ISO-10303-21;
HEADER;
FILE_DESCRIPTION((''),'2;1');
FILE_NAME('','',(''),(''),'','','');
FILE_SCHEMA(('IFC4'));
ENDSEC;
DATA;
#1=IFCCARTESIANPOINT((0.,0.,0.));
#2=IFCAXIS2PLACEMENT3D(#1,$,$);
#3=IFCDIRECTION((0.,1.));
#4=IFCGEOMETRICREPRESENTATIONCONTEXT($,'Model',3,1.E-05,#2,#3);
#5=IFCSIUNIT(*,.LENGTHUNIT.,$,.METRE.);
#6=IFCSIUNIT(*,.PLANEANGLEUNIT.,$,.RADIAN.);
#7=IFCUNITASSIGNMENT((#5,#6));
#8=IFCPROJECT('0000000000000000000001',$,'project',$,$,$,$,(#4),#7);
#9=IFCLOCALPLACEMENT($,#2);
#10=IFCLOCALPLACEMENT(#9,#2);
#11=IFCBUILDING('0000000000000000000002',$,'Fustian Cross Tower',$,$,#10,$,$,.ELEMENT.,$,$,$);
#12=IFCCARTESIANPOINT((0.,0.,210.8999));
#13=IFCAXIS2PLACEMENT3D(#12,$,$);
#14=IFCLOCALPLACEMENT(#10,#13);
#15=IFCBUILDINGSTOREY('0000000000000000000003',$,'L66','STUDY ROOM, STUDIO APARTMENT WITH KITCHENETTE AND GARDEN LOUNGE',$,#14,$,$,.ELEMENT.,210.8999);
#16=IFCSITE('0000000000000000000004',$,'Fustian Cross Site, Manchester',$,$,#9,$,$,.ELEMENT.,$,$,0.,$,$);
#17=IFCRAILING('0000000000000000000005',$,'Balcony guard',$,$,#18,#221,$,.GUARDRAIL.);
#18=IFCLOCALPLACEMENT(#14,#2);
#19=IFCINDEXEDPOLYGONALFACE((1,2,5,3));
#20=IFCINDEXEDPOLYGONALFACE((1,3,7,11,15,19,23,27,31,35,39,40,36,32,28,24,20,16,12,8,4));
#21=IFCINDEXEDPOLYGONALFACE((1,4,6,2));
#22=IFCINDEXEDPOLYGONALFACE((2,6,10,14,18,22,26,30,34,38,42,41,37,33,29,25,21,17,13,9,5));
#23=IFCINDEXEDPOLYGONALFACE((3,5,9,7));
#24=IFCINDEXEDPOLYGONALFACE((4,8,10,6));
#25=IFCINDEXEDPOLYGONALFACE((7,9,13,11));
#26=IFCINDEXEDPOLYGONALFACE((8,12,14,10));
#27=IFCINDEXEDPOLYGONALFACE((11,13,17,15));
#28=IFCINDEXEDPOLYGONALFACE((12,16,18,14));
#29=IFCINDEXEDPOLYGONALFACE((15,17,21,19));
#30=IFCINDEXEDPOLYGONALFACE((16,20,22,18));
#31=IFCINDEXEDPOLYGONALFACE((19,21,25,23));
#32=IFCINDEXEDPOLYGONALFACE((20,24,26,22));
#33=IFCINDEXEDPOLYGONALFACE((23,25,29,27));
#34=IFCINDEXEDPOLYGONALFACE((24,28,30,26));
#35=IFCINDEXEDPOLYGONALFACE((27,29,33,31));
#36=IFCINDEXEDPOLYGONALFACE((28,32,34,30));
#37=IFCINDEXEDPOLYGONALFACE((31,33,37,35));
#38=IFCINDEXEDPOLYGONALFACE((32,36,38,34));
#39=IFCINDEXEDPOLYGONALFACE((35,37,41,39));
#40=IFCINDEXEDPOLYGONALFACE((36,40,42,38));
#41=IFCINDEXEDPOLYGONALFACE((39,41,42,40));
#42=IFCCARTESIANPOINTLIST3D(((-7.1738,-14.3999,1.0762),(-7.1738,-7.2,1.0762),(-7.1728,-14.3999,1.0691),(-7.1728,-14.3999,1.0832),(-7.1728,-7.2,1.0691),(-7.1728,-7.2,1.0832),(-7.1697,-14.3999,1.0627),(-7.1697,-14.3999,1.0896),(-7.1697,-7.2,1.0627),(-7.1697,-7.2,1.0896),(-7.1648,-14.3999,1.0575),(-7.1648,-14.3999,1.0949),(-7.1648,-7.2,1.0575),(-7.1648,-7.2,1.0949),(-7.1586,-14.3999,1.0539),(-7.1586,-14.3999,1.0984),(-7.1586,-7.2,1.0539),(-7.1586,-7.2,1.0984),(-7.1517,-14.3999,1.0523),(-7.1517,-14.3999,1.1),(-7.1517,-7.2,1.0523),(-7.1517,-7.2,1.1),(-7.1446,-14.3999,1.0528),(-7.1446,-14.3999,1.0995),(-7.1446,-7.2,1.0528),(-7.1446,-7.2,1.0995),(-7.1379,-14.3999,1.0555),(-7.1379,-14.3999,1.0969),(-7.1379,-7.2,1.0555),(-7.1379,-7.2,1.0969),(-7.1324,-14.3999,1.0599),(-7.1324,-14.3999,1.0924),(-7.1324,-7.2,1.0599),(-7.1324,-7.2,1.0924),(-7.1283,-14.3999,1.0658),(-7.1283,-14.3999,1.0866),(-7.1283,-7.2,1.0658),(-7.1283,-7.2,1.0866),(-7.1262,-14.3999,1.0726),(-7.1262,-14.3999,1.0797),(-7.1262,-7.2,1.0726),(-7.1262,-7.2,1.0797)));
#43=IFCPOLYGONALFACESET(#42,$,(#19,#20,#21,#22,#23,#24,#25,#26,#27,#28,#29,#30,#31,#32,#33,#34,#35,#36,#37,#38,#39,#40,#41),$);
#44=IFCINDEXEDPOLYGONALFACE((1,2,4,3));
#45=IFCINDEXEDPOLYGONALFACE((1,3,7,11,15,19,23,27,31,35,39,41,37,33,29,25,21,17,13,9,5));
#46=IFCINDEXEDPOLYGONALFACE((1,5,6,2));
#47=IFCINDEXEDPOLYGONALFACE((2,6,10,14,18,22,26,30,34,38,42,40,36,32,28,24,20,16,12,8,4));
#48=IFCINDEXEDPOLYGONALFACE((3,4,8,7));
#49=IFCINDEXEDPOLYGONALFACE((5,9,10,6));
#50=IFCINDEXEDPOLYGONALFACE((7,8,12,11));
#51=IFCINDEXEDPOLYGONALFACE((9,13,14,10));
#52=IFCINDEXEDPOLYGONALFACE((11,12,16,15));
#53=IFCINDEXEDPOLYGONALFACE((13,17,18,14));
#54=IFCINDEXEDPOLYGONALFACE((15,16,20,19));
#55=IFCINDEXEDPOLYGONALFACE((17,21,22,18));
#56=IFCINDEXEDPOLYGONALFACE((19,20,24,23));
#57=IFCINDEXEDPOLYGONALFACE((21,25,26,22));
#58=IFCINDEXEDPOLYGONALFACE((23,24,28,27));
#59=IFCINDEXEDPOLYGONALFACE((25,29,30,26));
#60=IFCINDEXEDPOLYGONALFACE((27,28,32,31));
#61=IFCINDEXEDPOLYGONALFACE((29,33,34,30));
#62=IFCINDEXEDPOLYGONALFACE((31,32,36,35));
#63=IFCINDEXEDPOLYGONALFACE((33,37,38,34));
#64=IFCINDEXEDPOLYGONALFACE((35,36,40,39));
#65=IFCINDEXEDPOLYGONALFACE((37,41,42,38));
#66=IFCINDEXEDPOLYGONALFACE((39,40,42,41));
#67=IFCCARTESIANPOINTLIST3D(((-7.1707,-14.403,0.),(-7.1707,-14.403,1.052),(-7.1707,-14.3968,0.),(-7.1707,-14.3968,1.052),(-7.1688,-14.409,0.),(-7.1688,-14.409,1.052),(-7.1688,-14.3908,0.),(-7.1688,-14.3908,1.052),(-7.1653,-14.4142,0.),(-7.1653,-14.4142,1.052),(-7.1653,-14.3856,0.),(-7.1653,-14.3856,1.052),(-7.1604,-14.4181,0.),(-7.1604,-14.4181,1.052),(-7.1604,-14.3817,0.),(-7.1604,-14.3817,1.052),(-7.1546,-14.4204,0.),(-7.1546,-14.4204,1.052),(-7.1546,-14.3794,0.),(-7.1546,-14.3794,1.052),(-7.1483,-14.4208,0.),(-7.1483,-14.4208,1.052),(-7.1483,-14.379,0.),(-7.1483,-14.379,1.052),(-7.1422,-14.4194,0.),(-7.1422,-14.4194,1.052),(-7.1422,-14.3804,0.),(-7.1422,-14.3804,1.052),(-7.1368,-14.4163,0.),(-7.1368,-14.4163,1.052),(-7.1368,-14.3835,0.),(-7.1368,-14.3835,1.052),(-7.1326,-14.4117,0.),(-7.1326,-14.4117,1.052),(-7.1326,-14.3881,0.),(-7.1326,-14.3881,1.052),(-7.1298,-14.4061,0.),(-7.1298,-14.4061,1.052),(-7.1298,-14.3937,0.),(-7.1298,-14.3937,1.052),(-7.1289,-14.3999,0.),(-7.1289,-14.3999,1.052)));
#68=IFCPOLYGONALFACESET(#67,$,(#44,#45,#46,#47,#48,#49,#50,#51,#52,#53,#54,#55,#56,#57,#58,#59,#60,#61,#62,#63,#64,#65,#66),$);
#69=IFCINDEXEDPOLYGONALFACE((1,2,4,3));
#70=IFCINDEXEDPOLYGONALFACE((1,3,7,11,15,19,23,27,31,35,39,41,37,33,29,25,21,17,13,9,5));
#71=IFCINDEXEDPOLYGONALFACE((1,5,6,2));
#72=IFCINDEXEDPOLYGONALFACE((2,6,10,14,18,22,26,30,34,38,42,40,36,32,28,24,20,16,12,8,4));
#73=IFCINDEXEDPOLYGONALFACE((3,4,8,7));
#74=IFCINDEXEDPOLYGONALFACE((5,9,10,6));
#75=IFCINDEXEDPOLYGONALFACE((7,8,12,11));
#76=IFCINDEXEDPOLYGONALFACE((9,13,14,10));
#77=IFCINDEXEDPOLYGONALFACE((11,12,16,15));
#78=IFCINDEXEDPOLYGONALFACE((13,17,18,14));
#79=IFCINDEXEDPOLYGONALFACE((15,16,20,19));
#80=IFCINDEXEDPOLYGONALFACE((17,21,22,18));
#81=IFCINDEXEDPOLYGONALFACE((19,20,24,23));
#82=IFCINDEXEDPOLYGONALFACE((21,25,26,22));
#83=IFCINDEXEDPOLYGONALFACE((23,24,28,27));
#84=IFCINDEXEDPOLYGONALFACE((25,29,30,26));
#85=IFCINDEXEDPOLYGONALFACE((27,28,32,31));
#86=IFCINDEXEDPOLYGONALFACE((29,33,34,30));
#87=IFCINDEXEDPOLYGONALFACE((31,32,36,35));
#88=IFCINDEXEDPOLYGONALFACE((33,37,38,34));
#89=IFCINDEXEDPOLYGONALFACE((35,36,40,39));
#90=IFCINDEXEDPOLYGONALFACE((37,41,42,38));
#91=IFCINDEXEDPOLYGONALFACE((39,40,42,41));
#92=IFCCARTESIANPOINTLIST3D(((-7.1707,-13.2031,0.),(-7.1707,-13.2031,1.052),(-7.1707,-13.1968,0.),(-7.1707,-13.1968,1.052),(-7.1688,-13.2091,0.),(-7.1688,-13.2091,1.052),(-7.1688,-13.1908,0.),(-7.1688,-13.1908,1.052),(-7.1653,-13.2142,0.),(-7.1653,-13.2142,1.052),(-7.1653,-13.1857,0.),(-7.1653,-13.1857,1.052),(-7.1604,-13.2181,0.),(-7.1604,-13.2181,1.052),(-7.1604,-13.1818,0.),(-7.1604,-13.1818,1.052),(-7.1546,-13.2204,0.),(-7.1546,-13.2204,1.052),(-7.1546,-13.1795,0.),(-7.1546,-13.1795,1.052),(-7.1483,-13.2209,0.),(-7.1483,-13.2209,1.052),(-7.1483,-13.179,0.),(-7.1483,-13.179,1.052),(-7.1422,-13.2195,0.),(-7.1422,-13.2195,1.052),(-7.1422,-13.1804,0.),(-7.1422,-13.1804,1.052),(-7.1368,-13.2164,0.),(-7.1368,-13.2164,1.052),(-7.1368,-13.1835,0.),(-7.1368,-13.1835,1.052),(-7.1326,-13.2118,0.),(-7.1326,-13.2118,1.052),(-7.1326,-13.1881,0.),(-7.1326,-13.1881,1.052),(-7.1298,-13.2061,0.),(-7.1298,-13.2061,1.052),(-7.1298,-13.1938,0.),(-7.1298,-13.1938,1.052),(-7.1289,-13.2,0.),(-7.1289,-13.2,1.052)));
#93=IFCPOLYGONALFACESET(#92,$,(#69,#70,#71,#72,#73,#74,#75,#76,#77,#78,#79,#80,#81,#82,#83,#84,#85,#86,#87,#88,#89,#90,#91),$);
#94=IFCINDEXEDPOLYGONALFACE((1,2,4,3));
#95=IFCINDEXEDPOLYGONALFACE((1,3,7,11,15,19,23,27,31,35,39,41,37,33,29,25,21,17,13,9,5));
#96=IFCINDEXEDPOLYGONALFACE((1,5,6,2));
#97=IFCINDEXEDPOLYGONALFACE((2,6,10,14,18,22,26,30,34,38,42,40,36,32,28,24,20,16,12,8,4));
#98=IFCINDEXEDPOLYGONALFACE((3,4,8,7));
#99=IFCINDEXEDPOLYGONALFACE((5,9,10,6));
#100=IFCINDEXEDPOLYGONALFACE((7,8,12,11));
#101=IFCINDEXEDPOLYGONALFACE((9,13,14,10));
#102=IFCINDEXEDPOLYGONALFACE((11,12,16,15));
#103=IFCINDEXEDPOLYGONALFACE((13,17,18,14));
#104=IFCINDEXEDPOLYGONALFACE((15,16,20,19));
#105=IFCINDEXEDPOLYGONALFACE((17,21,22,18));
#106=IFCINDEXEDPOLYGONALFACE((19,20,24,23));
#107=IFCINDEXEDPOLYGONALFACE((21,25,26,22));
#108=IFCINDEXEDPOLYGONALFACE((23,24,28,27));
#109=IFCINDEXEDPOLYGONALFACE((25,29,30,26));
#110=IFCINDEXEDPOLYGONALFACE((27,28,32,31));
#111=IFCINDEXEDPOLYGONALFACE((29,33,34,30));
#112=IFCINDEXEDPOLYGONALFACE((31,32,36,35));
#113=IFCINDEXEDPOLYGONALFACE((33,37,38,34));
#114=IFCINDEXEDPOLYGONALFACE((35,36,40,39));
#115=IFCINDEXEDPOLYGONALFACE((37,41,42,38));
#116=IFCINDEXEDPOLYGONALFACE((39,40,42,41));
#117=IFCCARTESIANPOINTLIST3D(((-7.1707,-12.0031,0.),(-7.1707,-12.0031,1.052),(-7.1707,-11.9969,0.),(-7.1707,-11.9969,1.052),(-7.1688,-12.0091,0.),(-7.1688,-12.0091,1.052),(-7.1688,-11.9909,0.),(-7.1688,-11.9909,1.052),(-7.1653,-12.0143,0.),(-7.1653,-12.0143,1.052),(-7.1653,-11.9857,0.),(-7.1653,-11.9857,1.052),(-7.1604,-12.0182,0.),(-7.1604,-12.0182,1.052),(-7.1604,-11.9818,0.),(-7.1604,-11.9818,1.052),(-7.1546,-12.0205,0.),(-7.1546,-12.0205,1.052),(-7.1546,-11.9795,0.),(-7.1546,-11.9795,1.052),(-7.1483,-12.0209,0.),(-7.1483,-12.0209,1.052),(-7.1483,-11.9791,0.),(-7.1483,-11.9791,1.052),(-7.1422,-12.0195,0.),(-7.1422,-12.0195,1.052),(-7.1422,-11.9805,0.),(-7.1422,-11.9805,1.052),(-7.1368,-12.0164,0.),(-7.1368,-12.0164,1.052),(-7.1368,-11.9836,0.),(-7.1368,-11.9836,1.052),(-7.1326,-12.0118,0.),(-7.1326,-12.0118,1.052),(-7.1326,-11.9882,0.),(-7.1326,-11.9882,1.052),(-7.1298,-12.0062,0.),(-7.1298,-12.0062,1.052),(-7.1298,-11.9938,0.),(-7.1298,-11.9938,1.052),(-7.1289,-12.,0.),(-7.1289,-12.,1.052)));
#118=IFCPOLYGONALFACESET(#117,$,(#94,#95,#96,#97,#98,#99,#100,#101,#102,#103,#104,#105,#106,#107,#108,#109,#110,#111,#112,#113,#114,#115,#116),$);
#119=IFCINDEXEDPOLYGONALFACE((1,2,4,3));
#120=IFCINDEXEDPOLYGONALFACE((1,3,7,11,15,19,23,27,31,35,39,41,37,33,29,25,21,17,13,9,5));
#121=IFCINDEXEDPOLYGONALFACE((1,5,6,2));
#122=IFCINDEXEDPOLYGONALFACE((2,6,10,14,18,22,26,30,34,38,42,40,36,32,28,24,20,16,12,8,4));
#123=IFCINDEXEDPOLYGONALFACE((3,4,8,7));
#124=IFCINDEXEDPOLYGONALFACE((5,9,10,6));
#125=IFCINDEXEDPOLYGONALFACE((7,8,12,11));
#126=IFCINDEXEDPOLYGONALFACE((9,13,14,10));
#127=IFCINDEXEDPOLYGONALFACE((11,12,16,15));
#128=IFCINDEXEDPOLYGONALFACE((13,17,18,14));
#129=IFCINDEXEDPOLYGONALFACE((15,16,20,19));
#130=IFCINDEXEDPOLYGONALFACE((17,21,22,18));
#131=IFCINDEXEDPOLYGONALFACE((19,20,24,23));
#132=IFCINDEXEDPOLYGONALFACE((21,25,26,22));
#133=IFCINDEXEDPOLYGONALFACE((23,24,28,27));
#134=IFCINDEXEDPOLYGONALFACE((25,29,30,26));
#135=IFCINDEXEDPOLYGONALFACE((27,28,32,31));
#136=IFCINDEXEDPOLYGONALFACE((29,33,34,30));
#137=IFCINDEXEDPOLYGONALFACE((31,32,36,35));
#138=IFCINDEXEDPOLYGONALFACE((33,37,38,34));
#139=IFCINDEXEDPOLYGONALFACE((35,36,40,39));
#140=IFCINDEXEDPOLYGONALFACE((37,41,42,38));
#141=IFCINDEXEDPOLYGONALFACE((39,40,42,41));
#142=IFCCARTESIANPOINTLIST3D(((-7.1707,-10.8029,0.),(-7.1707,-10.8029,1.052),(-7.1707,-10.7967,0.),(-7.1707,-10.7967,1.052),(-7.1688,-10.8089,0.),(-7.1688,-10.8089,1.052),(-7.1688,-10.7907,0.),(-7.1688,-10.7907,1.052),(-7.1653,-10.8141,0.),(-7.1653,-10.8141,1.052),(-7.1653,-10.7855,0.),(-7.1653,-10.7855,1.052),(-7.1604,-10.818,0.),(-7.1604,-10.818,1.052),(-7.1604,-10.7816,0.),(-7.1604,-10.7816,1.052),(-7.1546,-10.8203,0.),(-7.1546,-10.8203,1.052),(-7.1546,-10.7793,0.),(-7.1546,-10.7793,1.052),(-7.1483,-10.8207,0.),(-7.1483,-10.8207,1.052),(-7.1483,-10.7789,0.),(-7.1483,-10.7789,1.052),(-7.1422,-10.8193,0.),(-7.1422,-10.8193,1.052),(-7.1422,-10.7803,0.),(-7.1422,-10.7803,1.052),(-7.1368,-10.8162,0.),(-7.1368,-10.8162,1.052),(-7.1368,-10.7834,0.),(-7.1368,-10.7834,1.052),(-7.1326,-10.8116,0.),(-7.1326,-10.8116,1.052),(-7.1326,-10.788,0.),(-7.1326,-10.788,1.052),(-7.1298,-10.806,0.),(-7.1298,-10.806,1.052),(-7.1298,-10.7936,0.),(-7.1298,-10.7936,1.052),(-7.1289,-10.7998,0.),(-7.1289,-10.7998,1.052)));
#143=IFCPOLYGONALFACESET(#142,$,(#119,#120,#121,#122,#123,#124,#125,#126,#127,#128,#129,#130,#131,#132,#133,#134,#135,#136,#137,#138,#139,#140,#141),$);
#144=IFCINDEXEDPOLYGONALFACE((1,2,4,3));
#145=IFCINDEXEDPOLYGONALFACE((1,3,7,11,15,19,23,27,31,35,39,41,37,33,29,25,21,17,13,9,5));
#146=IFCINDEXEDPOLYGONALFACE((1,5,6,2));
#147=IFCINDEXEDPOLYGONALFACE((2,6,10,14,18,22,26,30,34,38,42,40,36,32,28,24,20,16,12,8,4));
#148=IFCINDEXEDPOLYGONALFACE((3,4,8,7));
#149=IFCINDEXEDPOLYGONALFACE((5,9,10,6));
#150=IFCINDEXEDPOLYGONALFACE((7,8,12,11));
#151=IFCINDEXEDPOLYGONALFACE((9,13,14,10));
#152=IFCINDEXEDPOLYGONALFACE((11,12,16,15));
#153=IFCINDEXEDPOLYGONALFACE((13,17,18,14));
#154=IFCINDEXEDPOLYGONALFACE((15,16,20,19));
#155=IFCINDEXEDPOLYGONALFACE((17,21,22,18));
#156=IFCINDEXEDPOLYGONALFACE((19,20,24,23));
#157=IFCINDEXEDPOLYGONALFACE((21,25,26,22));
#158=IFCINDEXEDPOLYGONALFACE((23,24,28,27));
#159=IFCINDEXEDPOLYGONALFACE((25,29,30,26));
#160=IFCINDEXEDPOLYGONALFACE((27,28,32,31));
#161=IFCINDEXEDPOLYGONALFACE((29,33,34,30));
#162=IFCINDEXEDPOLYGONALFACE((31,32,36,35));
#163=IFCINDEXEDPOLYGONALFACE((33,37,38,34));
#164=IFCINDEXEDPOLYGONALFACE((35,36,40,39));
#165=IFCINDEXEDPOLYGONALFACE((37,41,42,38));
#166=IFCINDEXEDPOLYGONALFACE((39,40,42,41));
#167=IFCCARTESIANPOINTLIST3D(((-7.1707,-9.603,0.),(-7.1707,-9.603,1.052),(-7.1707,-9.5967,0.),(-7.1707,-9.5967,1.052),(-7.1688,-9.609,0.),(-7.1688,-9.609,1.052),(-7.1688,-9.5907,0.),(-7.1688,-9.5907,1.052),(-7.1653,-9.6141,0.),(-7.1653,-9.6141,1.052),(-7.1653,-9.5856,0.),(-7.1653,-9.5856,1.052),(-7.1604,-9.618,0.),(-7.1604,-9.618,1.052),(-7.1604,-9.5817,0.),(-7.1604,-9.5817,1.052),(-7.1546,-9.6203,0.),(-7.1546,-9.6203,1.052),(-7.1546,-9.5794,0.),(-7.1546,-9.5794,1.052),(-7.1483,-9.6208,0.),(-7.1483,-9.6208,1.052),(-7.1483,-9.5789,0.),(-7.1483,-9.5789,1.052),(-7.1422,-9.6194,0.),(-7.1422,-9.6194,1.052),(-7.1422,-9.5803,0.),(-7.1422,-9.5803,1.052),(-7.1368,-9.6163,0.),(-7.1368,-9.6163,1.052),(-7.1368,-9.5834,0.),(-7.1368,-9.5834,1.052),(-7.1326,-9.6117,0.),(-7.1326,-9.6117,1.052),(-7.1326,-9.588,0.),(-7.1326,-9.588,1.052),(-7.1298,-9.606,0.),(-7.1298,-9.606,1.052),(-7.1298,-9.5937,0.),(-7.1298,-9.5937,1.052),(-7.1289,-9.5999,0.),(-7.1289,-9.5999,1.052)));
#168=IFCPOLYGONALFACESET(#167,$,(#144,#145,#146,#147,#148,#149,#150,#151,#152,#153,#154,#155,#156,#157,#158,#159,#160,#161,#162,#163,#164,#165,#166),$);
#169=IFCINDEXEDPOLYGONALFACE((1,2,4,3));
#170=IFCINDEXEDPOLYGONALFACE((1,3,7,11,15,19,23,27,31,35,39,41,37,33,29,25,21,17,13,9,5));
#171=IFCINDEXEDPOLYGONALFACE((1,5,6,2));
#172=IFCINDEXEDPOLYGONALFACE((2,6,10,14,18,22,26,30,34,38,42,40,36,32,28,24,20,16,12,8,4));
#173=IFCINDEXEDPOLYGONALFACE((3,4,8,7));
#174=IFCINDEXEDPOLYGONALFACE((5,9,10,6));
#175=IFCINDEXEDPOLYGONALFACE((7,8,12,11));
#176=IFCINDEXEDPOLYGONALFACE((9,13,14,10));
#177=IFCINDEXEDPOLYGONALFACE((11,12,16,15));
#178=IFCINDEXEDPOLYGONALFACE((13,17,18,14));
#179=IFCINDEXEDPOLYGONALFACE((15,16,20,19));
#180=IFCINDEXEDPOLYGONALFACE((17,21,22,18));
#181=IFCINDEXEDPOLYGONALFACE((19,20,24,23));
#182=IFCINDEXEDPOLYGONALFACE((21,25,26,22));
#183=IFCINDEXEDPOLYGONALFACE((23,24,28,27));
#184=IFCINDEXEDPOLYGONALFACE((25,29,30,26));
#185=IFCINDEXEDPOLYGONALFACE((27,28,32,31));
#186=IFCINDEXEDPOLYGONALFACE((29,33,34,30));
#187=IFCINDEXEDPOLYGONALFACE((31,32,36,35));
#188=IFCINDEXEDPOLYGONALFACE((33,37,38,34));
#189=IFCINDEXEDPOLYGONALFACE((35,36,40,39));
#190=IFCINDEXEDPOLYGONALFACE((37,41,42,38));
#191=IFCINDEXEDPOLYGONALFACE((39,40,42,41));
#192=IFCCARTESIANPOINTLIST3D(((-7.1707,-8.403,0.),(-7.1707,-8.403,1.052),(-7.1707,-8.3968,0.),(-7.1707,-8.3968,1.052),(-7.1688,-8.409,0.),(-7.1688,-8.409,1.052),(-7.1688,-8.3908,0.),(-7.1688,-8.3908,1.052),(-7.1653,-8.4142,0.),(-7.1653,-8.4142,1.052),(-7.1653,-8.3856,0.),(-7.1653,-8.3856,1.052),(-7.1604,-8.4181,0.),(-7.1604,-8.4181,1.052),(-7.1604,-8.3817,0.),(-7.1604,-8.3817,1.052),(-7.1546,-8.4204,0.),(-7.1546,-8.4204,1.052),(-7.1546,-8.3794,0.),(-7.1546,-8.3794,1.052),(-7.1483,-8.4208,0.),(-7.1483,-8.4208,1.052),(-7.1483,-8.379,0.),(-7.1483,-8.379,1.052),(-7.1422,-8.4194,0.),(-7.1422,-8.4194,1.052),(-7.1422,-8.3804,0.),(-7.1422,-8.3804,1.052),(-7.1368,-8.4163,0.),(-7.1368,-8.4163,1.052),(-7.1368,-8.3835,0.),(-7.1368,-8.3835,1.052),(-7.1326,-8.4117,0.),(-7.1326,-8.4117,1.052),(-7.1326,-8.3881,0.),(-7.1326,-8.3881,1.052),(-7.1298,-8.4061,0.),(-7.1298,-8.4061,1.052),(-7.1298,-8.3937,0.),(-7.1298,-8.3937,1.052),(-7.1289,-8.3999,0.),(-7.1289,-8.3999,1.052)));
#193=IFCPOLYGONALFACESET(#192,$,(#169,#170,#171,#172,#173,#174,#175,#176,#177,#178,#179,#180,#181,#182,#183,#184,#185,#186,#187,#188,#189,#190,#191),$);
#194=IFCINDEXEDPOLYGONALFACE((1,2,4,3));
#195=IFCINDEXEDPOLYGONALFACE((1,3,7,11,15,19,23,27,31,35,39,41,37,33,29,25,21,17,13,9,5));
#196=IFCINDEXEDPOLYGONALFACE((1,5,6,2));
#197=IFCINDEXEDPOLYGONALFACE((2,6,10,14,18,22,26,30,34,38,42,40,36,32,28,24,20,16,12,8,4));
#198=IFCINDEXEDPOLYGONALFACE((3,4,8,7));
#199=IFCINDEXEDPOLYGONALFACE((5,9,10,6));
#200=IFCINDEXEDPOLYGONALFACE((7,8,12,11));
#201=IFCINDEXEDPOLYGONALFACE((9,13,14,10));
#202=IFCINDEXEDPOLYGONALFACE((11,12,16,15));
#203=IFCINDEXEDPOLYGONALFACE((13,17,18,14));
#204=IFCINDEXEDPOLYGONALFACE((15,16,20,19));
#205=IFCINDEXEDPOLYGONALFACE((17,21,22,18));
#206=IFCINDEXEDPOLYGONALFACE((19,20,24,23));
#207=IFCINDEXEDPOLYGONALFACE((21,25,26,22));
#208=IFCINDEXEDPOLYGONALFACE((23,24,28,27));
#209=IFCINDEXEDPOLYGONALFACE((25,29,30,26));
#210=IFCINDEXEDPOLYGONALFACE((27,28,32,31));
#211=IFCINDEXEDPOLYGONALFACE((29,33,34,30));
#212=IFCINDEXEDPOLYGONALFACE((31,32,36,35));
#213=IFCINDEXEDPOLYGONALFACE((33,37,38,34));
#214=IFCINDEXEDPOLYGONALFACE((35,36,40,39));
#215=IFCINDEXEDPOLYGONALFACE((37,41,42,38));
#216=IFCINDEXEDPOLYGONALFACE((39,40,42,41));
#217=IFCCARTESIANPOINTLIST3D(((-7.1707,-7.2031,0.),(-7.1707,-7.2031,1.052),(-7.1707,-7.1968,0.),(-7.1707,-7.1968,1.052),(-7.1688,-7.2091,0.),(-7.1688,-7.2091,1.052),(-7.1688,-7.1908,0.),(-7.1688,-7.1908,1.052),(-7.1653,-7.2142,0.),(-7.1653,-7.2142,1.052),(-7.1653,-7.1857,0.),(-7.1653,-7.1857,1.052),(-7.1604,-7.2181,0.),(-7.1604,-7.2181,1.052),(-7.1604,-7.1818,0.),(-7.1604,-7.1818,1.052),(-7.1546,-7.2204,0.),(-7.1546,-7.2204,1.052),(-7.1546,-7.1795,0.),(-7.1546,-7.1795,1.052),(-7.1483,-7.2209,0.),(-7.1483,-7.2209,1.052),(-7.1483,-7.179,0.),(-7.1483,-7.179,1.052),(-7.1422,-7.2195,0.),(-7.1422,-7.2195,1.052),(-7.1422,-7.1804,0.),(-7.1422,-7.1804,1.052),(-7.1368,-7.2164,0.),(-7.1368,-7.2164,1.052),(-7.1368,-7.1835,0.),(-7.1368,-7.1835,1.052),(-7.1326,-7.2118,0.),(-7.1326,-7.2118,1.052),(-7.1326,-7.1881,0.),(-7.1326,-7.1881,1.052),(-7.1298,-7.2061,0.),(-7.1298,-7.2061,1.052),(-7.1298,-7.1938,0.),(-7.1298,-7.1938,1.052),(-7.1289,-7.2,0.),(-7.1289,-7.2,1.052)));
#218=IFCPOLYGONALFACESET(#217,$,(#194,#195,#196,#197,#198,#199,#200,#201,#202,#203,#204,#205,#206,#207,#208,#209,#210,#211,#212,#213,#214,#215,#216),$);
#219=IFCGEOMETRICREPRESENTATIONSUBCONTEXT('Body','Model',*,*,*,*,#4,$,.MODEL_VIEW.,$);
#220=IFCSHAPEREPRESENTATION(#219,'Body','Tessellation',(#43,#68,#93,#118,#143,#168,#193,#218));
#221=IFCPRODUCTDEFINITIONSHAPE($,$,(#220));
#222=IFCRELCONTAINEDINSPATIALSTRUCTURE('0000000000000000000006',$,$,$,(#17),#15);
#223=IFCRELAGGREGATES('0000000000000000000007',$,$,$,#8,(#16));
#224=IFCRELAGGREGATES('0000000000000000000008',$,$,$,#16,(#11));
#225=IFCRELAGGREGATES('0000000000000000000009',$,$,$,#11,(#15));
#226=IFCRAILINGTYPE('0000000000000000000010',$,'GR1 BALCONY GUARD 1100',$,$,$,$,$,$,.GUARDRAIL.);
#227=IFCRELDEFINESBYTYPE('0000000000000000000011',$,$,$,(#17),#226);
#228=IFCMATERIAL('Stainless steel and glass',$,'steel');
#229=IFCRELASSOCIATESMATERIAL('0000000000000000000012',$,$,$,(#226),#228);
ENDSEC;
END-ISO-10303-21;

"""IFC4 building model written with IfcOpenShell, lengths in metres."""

from ifc_helpers import new_model, si_unit, direction, frame, origin, origin_2d, place, context, subcontext, project, spatial, circle, extrude, material, type_object, element, save


model = new_model("IFC4")

# Units and contexts
model_context = context("Model", 3, precision=1e-05, world=origin(), true_north=direction((0.0, 1.0)))
body_context = subcontext(model_context, "Body", "Model", "MODEL_VIEW")
ifc_project = project(units=[si_unit("LENGTHUNIT", "METRE"), si_unit("PLANEANGLEUNIT", "RADIAN")], contexts=[model_context])

# Site, building, storey
site_placement = place(None, origin())
site = spatial("IfcSite", under=ifc_project, at=site_placement, Name="Fustian Cross Site, Manchester", CompositionType="ELEMENT", RefElevation=0.0)
building_placement = place(site_placement, origin())
building = spatial("IfcBuilding", under=site, at=building_placement, Name="Fustian Cross Tower", CompositionType="ELEMENT")
storey_placement = place(building_placement, frame((0.0, 0.0, 210.8999)))
storey = spatial("IfcBuildingStorey", under=building, at=storey_placement, Name="L66", Description="STUDY ROOM, STUDIO APARTMENT WITH KITCHENETTE AND GARDEN LOUNGE", CompositionType="ELEMENT", Elevation=210.8999)

# Railing
ifc_material_1 = material(Name="Stainless steel and glass", Category="steel")
railing_type = type_object("IfcRailingType", Name="GR1 BALCONY GUARD 1100", PredefinedType="GUARDRAIL", material=ifc_material_1)
railing_placement = place(storey_placement, frame((-7.1499, -14.3999, 0.0)))
element("IfcRailing", 1, at=railing_placement, inside=storey, type_object=railing_type, Name="Balcony guard", PredefinedType="GUARDRAIL", context=body_context, shape_type="SweptSolid", body=[
    extrude(circle(Radius=0.0239, at=origin_2d()), frame((0.0, 0.0, 1.0762), z_axis=(0.0, 1.0, 0.0), x_axis=(-1.0, 0.0, 0.0)), (0.0, 0.0, 1.0), 7.2),
    extrude(circle(Radius=0.021, at=origin_2d()), origin(), (0.0, 0.0, 1.0), 1.052),
    extrude(circle(Radius=0.021, at=origin_2d()), frame((0.0, 1.2, 0.0)), (0.0, 0.0, 1.0), 1.052),
    extrude(circle(Radius=0.021, at=origin_2d()), frame((0.0, 2.3999, 0.0)), (0.0, 0.0, 1.0), 1.052),
    extrude(circle(Radius=0.021, at=origin_2d()), frame((0.0, 3.6001, 0.0)), (0.0, 0.0, 1.0), 1.052),
    extrude(circle(Radius=0.021, at=origin_2d()), frame((0.0, 4.8, 0.0)), (0.0, 0.0, 1.0), 1.052),
    extrude(circle(Radius=0.021, at=origin_2d()), frame((0.0, 6.0, 0.0)), (0.0, 0.0, 1.0), 1.052),
    extrude(circle(Radius=0.021, at=origin_2d()), frame((0.0, 7.2, 0.0)), (0.0, 0.0, 1.0), 1.052),
])

save(model, "model.ifc")
